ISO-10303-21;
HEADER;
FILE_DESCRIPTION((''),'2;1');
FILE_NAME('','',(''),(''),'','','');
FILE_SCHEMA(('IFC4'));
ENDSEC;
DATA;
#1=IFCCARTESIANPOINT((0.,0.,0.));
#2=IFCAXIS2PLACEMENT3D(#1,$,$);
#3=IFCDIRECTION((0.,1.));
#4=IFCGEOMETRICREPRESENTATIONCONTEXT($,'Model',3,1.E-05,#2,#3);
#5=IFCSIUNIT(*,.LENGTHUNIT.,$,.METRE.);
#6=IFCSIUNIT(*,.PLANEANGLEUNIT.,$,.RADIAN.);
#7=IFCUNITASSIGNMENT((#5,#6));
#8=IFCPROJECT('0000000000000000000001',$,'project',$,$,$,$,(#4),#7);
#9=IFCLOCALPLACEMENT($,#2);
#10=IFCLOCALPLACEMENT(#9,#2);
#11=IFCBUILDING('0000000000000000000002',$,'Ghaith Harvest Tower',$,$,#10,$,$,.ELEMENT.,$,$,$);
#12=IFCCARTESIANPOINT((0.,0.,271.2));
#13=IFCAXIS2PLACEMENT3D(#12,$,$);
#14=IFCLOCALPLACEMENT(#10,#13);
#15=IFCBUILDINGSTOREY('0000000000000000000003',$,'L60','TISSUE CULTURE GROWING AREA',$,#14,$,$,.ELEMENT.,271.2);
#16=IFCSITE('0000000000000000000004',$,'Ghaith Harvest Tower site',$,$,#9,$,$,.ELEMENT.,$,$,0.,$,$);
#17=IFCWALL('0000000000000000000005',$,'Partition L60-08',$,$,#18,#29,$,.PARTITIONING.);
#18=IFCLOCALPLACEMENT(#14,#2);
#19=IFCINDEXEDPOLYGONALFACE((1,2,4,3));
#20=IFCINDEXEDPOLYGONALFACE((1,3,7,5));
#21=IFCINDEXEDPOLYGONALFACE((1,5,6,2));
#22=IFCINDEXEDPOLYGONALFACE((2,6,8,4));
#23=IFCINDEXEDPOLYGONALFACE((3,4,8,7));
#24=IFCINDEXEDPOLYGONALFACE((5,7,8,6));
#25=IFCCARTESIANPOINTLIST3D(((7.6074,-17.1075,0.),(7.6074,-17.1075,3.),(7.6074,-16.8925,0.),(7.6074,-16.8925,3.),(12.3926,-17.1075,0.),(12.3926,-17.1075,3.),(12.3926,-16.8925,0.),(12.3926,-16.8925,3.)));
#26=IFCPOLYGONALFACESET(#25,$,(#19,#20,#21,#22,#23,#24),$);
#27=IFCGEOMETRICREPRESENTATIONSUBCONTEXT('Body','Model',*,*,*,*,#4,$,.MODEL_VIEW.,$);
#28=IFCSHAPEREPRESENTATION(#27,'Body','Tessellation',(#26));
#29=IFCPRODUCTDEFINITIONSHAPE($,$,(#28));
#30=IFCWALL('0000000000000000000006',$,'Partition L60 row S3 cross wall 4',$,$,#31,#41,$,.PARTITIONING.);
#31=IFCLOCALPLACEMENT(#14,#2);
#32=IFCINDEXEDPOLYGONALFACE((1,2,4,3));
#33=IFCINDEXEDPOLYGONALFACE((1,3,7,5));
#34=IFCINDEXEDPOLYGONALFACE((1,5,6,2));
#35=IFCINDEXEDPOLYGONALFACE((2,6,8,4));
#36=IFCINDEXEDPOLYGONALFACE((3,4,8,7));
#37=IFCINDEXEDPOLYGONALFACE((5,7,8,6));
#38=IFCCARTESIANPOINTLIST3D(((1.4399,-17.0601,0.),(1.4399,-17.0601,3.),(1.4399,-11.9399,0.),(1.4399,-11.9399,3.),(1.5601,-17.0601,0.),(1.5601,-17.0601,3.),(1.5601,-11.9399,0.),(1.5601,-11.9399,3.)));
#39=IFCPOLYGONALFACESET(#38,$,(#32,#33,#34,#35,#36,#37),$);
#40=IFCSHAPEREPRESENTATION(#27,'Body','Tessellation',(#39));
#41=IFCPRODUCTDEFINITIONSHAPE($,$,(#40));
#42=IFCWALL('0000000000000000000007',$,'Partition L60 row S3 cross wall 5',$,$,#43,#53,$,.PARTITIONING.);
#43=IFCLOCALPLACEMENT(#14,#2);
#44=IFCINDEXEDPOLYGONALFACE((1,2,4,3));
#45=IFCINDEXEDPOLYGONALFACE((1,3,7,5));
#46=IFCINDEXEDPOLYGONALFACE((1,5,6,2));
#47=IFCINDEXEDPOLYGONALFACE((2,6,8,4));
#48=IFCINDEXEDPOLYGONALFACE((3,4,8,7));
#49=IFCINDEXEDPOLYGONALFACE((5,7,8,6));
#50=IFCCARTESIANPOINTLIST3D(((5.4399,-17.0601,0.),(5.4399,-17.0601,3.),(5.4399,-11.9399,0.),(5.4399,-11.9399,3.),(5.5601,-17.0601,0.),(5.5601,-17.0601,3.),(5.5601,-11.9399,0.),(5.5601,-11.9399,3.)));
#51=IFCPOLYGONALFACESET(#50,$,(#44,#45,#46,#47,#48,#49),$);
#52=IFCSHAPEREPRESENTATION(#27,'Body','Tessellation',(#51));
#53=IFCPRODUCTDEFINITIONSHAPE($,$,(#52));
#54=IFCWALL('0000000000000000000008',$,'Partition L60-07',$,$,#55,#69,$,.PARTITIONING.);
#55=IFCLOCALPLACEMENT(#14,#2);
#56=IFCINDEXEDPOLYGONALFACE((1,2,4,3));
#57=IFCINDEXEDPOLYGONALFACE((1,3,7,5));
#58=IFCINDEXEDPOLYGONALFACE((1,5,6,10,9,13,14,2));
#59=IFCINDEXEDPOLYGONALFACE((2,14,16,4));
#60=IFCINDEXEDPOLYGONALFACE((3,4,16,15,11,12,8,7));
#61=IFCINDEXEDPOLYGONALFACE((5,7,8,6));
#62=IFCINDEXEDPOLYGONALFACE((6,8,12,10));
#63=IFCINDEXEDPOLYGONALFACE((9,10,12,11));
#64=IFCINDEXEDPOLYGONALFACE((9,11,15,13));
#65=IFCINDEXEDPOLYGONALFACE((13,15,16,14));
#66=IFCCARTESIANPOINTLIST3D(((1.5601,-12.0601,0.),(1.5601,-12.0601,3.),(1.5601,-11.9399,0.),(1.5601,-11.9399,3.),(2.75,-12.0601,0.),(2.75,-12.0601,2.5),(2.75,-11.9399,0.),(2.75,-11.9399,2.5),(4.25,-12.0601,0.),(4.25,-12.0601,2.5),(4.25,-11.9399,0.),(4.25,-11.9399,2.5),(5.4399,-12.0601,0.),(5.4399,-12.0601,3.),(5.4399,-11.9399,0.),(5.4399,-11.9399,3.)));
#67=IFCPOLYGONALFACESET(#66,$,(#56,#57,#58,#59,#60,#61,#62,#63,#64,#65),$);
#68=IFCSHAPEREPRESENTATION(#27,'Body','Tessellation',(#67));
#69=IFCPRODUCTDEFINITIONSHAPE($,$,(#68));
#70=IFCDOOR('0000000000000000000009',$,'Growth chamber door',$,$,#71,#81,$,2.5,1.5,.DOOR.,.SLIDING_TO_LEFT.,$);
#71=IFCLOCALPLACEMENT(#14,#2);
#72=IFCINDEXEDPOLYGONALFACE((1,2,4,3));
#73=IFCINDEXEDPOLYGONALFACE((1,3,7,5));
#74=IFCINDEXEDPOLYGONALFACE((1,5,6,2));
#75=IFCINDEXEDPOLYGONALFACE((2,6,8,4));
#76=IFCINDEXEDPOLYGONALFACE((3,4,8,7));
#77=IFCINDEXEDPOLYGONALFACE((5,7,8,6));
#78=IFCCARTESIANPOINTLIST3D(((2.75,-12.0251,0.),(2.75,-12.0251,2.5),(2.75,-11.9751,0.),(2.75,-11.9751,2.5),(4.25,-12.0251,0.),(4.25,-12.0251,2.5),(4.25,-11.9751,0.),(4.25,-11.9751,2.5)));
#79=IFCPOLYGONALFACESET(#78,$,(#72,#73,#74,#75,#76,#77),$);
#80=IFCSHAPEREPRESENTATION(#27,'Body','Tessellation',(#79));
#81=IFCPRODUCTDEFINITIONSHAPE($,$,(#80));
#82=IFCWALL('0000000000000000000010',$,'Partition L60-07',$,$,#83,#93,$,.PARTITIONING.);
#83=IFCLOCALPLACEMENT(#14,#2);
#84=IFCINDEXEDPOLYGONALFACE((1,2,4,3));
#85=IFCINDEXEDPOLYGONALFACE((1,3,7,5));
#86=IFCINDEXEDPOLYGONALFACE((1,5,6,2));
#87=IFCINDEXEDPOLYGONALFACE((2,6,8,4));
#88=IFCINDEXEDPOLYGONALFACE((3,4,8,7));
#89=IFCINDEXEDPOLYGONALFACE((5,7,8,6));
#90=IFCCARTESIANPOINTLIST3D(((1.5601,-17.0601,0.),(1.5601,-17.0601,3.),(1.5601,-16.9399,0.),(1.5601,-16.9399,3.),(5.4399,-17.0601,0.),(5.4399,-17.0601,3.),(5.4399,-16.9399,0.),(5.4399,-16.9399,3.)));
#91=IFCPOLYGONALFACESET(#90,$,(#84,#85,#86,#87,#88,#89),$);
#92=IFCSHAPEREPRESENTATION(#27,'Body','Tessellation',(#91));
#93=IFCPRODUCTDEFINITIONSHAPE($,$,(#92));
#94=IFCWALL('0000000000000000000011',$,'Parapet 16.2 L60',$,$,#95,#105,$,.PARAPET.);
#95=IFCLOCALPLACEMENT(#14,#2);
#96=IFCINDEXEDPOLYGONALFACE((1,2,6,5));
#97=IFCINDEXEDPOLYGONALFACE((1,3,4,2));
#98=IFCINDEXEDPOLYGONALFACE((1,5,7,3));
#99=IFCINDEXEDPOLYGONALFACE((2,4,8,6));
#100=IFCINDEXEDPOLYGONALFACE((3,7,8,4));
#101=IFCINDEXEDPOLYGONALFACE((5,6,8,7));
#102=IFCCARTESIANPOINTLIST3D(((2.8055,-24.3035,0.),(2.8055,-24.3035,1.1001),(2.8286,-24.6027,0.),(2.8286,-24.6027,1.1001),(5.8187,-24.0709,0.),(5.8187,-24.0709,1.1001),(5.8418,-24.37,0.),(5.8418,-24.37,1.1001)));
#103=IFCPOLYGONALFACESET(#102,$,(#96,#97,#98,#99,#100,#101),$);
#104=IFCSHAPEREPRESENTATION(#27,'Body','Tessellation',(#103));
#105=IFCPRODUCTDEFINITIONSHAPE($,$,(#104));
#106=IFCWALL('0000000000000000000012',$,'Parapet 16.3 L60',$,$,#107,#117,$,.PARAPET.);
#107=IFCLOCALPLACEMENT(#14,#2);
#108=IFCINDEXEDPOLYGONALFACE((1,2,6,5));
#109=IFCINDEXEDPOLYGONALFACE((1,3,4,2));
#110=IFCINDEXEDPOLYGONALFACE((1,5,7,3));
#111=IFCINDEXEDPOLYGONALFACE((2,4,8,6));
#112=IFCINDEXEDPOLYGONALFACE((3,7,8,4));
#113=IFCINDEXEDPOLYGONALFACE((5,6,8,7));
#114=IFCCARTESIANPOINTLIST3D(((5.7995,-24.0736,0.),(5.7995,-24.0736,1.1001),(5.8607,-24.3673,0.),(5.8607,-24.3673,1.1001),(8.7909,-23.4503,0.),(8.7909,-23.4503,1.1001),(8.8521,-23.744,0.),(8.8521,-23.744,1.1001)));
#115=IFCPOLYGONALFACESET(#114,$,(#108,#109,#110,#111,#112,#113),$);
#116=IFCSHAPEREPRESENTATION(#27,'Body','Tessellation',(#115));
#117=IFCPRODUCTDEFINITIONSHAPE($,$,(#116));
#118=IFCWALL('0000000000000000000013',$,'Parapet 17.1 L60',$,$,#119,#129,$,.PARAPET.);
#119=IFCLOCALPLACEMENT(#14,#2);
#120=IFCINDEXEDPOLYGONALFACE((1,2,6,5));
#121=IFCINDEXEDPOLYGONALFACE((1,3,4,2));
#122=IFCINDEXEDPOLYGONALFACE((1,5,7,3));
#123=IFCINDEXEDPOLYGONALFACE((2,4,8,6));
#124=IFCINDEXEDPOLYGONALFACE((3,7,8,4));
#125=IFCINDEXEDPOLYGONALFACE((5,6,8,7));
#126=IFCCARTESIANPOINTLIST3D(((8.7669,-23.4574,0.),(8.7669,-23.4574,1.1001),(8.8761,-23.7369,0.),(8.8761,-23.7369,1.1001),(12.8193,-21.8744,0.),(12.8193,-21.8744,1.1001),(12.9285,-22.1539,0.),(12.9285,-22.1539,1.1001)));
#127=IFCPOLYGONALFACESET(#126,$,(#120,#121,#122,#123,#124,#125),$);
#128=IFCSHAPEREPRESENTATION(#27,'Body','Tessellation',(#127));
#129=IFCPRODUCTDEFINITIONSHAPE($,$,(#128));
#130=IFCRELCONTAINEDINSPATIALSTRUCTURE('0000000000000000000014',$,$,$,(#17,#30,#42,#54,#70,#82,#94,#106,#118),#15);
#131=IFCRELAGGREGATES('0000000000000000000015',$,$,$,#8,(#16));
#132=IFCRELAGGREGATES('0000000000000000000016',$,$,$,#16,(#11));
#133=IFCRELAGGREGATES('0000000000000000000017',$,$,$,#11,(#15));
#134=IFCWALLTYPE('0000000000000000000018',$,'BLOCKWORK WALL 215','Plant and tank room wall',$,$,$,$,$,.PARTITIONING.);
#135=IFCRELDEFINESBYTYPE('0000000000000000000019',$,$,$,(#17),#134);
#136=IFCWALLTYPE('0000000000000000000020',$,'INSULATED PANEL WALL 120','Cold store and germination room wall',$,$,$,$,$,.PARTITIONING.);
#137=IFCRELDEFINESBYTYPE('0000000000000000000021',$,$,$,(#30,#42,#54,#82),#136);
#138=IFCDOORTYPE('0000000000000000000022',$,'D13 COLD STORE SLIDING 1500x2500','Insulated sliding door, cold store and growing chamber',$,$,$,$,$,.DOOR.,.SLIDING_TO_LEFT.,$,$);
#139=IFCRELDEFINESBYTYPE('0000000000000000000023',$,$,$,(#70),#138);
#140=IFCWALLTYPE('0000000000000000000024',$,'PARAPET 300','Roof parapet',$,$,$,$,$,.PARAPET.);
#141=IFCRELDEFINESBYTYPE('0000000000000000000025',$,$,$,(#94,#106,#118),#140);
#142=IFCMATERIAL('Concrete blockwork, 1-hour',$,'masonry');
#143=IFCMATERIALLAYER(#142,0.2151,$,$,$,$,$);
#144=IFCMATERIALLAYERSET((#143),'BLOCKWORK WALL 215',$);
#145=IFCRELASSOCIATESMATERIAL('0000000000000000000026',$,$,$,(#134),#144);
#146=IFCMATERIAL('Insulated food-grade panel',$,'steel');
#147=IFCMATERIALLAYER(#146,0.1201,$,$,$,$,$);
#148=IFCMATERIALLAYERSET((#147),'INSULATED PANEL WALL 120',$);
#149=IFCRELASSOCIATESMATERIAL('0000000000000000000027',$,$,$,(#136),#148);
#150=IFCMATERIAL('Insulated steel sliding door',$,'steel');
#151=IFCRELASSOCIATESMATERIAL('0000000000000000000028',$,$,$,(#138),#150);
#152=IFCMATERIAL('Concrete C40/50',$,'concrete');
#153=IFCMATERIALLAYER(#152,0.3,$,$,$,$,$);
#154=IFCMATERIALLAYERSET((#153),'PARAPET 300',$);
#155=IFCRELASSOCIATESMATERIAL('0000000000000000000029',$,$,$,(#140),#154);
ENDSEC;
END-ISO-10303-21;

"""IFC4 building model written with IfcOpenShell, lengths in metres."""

from ifc_helpers import new_model, si_unit, direction, frame, frame_2d, origin, place, context, subcontext, project, spatial, rectangle, extrude, material, layer, layer_set, type_object, element, fill, save


model = new_model("IFC4")

# Units and contexts
model_context = context("Model", 3, precision=1e-05, world=origin(), true_north=direction((0.0, 1.0)))
body_context = subcontext(model_context, "Body", "Model", "MODEL_VIEW")
ifc_project = project(units=[si_unit("LENGTHUNIT", "METRE"), si_unit("PLANEANGLEUNIT", "RADIAN")], contexts=[model_context])

# Site, building, storey
site_placement = place(None, origin())
site = spatial("IfcSite", under=ifc_project, at=site_placement, Name="Ghaith Harvest Tower site", CompositionType="ELEMENT", RefElevation=0.0)
building_placement = place(site_placement, origin())
building = spatial("IfcBuilding", under=site, at=building_placement, Name="Ghaith Harvest Tower", CompositionType="ELEMENT")
storey_placement = place(building_placement, frame((0.0, 0.0, 271.2)))
storey = spatial("IfcBuildingStorey", under=building, at=storey_placement, Name="L60", Description="TISSUE CULTURE GROWING AREA", CompositionType="ELEMENT", Elevation=271.2)

# Shared definitions
ifc_material_1 = material(Name="Concrete blockwork, 1-hour", Category="masonry")
ifc_layer_1 = layer(ifc_material_1, 0.2151)
ifc_layer_set_1 = layer_set([ifc_layer_1], Name="BLOCKWORK WALL 215")
wall_type_1 = type_object("IfcWallType", Name="BLOCKWORK WALL 215", Description="Plant and tank room wall", PredefinedType="PARTITIONING", material=ifc_layer_set_1)

# Walls
wall_1_placement = place(storey_placement, frame((7.6074, -17.0, 0.0), z_axis=(0.0, 0.0, 1.0), x_axis=(1.0, 0.0, 0.0)))
element("IfcWall", 1, at=wall_1_placement, inside=storey, type_object=wall_type_1, Name="Partition L60-08", PredefinedType="PARTITIONING", context=body_context, shape_type="SweptSolid", body=[
    extrude(rectangle(XDim=4.7852, YDim=0.2151, at=frame_2d((2.3926, 0.0))), origin(), (0.0, 0.0, 1.0), 3.0),
])
ifc_material_2 = material(Name="Insulated food-grade panel", Category="steel")
ifc_layer_2 = layer(ifc_material_2, 0.1201)
ifc_layer_set_2 = layer_set([ifc_layer_2], Name="INSULATED PANEL WALL 120")
wall_type_2 = type_object("IfcWallType", Name="INSULATED PANEL WALL 120", Description="Cold store and germination room wall", PredefinedType="PARTITIONING", material=ifc_layer_set_2)
for number, where, z_axis, x_axis, name in (
    (2, (1.5, -11.9399, 0.0), (0.0, 0.0, 1.0), (0.0, -1.0, 0.0), "Partition L60 row S3 cross wall 4"),
    (3, (5.5, -11.9399, 0.0), (0.0, 0.0, 1.0), (0.0, -1.0, 0.0), "Partition L60 row S3 cross wall 5"),
):
    element("IfcWall", number, at=place(storey_placement, frame(where, z_axis=z_axis, x_axis=x_axis)), inside=storey, type_object=wall_type_2, Name=name, PredefinedType="PARTITIONING", context=body_context, shape_type="SweptSolid", body=[
        extrude(rectangle(XDim=5.1201, YDim=0.1201, at=frame_2d((2.5601, 0.0))), origin(), (0.0, 0.0, 1.0), 3.0),
    ])

# Wall, opening, door
wall_2_placement = place(storey_placement, frame((1.5601, -12.0, 0.0), z_axis=(0.0, 0.0, 1.0), x_axis=(1.0, 0.0, 0.0)))
wall_2 = element("IfcWall", 4, at=wall_2_placement, inside=storey, type_object=wall_type_2, Name="Partition L60-07", PredefinedType="PARTITIONING", context=body_context, shape_type="SweptSolid", body=[
    extrude(rectangle(XDim=3.8799, YDim=0.1201, at=frame_2d((1.9399, 0.0))), origin(), (0.0, 0.0, 1.0), 3.0),
])
opening_1_placement = place(wall_2_placement, frame((1.1899, 0.0, 0.0)))
opening_1 = element("IfcOpeningElement", 5, at=opening_1_placement, cuts=wall_2, PredefinedType="OPENING", context=body_context, shape_type="SweptSolid", body=[
    extrude(rectangle(XDim=1.5, YDim=2.5, at=frame_2d((0.75, 1.25))), frame((0.0, 0.0701, 0.0), z_axis=(0.0, -1.0, 0.0), x_axis=(1.0, 0.0, 0.0)), (0.0, 0.0, 1.0), 0.1401),
])
ifc_material_3 = material(Name="Insulated steel sliding door", Category="steel")
door_type_1 = type_object("IfcDoorType", Name="D13 COLD STORE SLIDING 1500x2500", Description="Insulated sliding door, cold store and growing chamber", OperationType="SLIDING_TO_LEFT", PredefinedType="DOOR", material=ifc_material_3)
door_1_placement = place(opening_1_placement, origin())
door_1 = element("IfcDoor", 6, at=door_1_placement, inside=storey, type_object=door_type_1, Name="Growth chamber door", OperationType="SLIDING_TO_LEFT", OverallHeight=2.5, OverallWidth=1.5, PredefinedType="DOOR", context=body_context, shape_type="SweptSolid", body=[
    extrude(rectangle(XDim=1.5, YDim=2.5, at=frame_2d((0.75, 1.25))), frame((0.0, 0.0249, 0.0), z_axis=(0.0, -1.0, 0.0), x_axis=(1.0, 0.0, 0.0)), (0.0, 0.0, 1.0), 0.05),
])
fill(opening_1, door_1)

# Walls
wall_3_placement = place(storey_placement, frame((1.5601, -17.0, 0.0), z_axis=(0.0, 0.0, 1.0), x_axis=(1.0, 0.0, 0.0)))
element("IfcWall", 7, at=wall_3_placement, inside=storey, type_object=wall_type_2, Name="Partition L60-07", PredefinedType="PARTITIONING", context=body_context, shape_type="SweptSolid", body=[
    extrude(rectangle(XDim=3.8799, YDim=0.1201, at=frame_2d((1.9399, 0.0))), origin(), (0.0, 0.0, 1.0), 3.0),
])
ifc_material_4 = material(Name="Concrete C40/50", Category="concrete")
ifc_layer_3 = layer(ifc_material_4, 0.3)
ifc_layer_set_3 = layer_set([ifc_layer_3], Name="PARAPET 300")
wall_type_3 = type_object("IfcWallType", Name="PARAPET 300", Description="Roof parapet", PredefinedType="PARAPET", material=ifc_layer_set_3)
wall_4_placement = place(storey_placement, frame((2.8169, -24.4531, 0.0), z_axis=(0.0, 0.0, 1.0), x_axis=(0.997032, 0.076987, 0.0)))
element("IfcWall", 8, at=wall_4_placement, inside=storey, type_object=wall_type_3, Name="Parapet 16.2 L60", PredefinedType="PARAPET", context=body_context, shape_type="SweptSolid", body=[
    extrude(rectangle(XDim=3.0222, YDim=0.3, at=frame_2d((1.5112, 0.0))), origin(), (0.0, 0.0, 1.0), 1.1001),
])
wall_5_placement = place(storey_placement, frame((5.8301, -24.2205, 0.0), z_axis=(0.0, 0.0, 1.0), x_axis=(0.978976, 0.203977, 0.0)))
element("IfcWall", 9, at=wall_5_placement, inside=storey, type_object=wall_type_3, Name="Parapet 16.3 L60", PredefinedType="PARAPET", context=body_context, shape_type="SweptSolid", body=[
    extrude(rectangle(XDim=3.0557, YDim=0.3, at=frame_2d((1.5278, 0.0))), origin(), (0.0, 0.0, 1.0), 1.1001),
])
wall_6_placement = place(storey_placement, frame((8.8215, -23.5972, 0.0), z_axis=(0.0, 0.0, 1.0), x_axis=(0.93145, 0.36387, 0.0)))
element("IfcWall", 10, at=wall_6_placement, inside=storey, type_object=wall_type_3, Name="Parapet 17.1 L60", PredefinedType="PARAPET", context=body_context, shape_type="SweptSolid", body=[
    extrude(rectangle(XDim=4.3506, YDim=0.3, at=frame_2d((2.1753, 0.0))), origin(), (0.0, 0.0, 1.0), 1.1001),
])

save(model, "model.ifc")
